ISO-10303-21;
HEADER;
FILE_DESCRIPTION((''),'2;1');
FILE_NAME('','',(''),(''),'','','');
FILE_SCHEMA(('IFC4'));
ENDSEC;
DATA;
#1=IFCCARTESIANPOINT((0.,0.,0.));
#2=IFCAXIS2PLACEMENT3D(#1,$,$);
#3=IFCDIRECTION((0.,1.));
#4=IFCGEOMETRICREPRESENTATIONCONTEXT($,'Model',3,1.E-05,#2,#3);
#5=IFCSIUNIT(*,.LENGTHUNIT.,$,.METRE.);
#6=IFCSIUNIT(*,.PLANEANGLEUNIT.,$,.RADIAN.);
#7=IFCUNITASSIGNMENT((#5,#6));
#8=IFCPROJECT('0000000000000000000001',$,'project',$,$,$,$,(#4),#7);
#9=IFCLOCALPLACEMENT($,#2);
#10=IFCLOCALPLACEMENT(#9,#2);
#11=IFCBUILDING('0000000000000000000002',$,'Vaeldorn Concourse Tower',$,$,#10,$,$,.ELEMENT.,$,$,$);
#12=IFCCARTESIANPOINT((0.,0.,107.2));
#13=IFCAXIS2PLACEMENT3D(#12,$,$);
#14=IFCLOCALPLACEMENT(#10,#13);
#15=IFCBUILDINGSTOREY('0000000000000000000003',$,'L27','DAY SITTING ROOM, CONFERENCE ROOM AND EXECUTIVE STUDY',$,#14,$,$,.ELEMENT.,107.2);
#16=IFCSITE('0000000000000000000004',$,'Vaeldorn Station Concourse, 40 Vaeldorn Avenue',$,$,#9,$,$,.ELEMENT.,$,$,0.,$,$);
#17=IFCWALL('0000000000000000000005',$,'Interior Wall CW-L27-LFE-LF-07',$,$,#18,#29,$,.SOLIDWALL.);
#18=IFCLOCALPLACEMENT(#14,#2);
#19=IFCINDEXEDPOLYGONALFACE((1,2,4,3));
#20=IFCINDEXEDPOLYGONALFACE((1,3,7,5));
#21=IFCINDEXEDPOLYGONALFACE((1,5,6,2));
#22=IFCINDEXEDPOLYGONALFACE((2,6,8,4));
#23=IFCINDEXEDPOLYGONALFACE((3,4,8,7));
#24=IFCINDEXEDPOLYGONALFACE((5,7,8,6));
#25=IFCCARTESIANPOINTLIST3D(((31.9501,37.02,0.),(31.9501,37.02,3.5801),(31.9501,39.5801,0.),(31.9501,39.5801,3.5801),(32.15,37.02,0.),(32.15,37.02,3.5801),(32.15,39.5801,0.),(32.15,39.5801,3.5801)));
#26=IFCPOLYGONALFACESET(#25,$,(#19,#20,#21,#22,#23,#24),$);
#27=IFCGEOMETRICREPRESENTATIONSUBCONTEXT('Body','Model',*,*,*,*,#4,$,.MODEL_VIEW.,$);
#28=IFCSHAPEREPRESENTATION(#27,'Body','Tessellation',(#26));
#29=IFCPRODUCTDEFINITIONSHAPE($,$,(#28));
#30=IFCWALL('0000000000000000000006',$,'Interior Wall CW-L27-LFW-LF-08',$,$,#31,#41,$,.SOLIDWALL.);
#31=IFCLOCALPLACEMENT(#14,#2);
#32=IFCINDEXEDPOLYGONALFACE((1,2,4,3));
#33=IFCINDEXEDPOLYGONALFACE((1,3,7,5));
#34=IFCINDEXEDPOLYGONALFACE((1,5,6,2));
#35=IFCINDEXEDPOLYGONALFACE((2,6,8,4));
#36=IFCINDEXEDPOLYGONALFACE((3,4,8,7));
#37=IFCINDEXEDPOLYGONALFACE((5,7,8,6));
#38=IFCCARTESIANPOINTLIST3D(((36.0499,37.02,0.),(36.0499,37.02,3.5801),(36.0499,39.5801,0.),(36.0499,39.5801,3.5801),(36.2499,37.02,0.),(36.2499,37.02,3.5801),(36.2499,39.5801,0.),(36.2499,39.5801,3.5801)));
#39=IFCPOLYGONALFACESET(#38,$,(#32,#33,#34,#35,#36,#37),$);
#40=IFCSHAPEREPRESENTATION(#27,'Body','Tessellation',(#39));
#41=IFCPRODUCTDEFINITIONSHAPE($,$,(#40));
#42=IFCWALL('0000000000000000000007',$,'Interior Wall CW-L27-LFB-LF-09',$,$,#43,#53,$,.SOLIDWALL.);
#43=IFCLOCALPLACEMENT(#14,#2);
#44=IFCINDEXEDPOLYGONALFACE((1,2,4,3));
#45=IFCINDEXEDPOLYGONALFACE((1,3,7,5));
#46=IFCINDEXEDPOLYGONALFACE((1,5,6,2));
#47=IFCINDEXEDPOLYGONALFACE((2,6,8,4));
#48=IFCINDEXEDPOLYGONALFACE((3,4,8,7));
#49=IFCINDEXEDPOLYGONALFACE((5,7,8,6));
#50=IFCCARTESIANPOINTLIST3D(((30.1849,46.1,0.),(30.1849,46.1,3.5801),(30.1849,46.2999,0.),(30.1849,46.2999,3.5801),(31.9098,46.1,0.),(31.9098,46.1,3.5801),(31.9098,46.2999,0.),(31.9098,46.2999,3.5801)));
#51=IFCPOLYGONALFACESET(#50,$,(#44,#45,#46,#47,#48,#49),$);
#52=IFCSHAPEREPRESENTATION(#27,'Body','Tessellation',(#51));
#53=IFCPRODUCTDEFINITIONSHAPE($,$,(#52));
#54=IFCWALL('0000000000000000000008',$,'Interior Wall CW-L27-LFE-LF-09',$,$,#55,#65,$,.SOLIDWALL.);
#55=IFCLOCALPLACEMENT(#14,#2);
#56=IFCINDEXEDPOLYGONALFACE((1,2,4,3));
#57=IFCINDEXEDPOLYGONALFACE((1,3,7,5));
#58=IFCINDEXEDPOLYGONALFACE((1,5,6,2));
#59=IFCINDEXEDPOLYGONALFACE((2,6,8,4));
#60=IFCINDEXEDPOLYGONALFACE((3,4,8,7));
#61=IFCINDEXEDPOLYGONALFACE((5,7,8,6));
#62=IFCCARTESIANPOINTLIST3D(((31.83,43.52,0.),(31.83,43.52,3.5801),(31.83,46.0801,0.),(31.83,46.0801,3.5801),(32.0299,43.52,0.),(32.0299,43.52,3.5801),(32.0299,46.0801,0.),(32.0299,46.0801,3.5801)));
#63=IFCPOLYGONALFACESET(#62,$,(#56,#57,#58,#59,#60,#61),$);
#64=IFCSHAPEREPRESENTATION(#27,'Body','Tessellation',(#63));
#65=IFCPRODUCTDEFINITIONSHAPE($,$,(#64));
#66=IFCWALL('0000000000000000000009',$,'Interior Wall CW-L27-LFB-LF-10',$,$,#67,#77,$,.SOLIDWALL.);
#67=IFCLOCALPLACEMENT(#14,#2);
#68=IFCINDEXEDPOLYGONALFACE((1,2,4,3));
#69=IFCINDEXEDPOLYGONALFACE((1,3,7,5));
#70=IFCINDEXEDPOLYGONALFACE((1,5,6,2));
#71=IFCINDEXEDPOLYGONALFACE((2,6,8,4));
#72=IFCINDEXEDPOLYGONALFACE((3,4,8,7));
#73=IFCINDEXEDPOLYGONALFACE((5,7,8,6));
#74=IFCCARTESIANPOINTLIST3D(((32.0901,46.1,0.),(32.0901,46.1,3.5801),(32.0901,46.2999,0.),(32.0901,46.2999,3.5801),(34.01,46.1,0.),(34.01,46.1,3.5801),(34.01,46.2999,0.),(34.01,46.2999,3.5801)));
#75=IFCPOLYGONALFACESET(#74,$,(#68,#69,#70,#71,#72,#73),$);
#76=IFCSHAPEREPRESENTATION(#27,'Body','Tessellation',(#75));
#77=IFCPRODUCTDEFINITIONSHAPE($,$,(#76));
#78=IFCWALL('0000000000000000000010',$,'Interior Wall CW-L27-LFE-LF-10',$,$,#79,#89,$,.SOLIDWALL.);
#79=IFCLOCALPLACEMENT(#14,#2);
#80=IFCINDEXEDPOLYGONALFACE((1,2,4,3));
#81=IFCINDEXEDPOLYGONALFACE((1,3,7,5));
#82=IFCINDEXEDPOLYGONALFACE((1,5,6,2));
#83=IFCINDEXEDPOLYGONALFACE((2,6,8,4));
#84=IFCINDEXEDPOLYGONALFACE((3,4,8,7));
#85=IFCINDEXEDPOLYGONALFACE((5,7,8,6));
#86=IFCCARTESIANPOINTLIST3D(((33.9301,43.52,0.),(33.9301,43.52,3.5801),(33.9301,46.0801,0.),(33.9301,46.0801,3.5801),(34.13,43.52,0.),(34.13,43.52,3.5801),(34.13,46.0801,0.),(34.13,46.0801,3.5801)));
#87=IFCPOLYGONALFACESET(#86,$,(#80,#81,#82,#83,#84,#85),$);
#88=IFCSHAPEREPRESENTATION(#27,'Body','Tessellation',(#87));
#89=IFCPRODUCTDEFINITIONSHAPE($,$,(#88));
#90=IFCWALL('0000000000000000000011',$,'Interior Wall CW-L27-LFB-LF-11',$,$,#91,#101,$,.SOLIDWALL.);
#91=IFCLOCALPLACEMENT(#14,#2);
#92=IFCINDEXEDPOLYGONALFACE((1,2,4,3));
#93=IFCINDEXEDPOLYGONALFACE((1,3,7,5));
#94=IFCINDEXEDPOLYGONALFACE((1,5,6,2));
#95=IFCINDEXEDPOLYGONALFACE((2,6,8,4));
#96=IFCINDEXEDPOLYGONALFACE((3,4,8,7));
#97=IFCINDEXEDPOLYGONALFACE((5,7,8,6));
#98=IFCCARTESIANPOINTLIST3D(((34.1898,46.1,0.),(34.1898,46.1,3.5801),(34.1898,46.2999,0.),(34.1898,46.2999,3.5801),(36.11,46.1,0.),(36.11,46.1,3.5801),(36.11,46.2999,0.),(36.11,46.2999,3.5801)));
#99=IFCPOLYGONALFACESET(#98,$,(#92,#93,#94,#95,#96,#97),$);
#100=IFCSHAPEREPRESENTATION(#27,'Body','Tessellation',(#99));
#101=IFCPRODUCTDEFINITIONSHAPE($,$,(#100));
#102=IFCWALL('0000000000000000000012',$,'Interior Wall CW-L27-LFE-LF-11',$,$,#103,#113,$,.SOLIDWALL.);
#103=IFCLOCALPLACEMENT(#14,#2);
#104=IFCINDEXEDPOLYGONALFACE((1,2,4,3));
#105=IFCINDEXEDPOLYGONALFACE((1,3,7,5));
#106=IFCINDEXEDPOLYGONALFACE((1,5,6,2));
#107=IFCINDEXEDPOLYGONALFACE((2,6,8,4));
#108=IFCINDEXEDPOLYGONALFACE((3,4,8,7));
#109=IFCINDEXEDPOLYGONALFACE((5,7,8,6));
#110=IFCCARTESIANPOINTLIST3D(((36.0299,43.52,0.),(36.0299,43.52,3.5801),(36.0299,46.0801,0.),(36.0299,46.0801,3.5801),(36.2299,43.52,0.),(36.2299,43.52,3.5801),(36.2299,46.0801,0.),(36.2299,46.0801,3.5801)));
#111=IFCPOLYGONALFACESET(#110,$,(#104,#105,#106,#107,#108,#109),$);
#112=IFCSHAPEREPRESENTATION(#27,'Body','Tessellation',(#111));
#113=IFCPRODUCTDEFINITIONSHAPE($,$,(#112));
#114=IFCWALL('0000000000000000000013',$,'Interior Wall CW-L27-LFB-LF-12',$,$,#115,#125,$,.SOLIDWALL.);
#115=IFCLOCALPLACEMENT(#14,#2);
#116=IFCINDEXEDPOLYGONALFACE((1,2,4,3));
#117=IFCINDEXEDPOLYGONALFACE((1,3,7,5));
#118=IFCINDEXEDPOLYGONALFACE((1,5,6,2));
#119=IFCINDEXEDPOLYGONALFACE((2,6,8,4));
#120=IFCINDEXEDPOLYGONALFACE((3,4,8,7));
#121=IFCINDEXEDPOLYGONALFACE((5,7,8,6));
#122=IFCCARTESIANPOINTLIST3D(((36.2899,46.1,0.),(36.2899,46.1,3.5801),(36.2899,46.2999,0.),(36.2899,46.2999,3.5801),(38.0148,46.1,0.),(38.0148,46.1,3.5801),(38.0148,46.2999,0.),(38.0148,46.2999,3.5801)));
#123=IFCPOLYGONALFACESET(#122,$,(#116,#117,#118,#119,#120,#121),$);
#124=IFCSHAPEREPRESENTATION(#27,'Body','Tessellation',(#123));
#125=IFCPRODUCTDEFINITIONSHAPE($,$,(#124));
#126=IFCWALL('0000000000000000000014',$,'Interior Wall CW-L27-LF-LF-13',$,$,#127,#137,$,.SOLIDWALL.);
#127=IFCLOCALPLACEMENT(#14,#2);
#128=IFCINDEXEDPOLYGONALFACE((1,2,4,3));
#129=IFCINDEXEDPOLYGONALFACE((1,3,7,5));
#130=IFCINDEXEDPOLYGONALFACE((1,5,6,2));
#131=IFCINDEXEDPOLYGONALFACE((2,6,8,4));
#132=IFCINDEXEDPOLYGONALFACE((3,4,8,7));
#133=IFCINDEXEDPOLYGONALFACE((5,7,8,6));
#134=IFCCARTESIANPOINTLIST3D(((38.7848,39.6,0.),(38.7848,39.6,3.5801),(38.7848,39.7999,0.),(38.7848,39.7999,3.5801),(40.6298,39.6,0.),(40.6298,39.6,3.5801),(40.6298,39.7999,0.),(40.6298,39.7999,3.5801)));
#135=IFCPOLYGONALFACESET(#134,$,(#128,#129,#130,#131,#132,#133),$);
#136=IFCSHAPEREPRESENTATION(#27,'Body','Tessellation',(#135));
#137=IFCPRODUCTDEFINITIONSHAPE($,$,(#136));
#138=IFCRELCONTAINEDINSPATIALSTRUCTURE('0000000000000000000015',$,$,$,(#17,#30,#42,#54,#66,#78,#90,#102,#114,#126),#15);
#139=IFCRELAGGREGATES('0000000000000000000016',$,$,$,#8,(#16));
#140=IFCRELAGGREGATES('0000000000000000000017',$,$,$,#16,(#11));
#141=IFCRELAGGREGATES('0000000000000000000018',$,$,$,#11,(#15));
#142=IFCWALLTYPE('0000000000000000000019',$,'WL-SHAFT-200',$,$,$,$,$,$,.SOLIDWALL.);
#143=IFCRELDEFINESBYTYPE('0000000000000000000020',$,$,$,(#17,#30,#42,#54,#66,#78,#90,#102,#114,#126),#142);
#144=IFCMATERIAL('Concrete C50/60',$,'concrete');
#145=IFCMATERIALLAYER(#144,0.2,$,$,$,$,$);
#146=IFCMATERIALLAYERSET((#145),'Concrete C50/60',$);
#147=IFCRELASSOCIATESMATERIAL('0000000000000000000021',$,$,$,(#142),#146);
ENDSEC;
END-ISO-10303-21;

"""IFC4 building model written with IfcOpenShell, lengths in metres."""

from ifc_helpers import new_model, si_unit, direction, frame, frame_2d, origin, place, context, subcontext, project, spatial, rectangle, extrude, material, layer, layer_set, type_object, element, save


model = new_model("IFC4")

# Units and contexts
model_context = context("Model", 3, precision=1e-05, world=origin(), true_north=direction((0.0, 1.0)))
body_context = subcontext(model_context, "Body", "Model", "MODEL_VIEW")
ifc_project = project(units=[si_unit("LENGTHUNIT", "METRE"), si_unit("PLANEANGLEUNIT", "RADIAN")], contexts=[model_context])

# Site, building, storey
site_placement = place(None, origin())
site = spatial("IfcSite", under=ifc_project, at=site_placement, Name="Vaeldorn Station Concourse, 40 Vaeldorn Avenue", CompositionType="ELEMENT", RefElevation=0.0)
building_placement = place(site_placement, origin())
building = spatial("IfcBuilding", under=site, at=building_placement, Name="Vaeldorn Concourse Tower", CompositionType="ELEMENT")
storey_placement = place(building_placement, frame((0.0, 0.0, 107.2)))
storey = spatial("IfcBuildingStorey", under=building, at=storey_placement, Name="L27", Description="DAY SITTING ROOM, CONFERENCE ROOM AND EXECUTIVE STUDY", CompositionType="ELEMENT", Elevation=107.2)

# Shared definitions
ifc_material_1 = material(Name="Concrete C50/60", Category="concrete")
ifc_layer_1 = layer(ifc_material_1, 0.2)
ifc_layer_set_1 = layer_set([ifc_layer_1], Name="Concrete C50/60")
wall_type_1 = type_object("IfcWallType", Name="WL-SHAFT-200", PredefinedType="SOLIDWALL", material=ifc_layer_set_1)

# Wall
wall_1_placement = place(storey_placement, frame((32.05, 37.02, 0.0), z_axis=(0.0, 0.0, 1.0), x_axis=(0.0, 1.0, 0.0)))
element("IfcWall", 1, at=wall_1_placement, inside=storey, type_object=wall_type_1, Name="Interior Wall CW-L27-LFE-LF-07", PredefinedType="SOLIDWALL", context=body_context, shape_type="SweptSolid", body=[
    extrude(rectangle(XDim=2.5601, YDim=0.2, at=frame_2d((1.28, 0.0))), origin(), (0.0, 0.0, 1.0), 3.5801),
])

# Wall
wall_2_placement = place(storey_placement, frame((36.1499, 37.02, 0.0), z_axis=(0.0, 0.0, 1.0), x_axis=(0.0, 1.0, 0.0)))
element("IfcWall", 2, at=wall_2_placement, inside=storey, type_object=wall_type_1, Name="Interior Wall CW-L27-LFW-LF-08", PredefinedType="SOLIDWALL", context=body_context, shape_type="SweptSolid", body=[
    extrude(rectangle(XDim=2.5601, YDim=0.2, at=frame_2d((1.28, 0.0))), origin(), (0.0, 0.0, 1.0), 3.5801),
])

# Walls
wall_3_placement = place(storey_placement, frame((30.1851, 46.2, 0.0), z_axis=(0.0, 0.0, 1.0), x_axis=(1.0, 0.0, 0.0)))
element("IfcWall", 3, at=wall_3_placement, inside=storey, type_object=wall_type_1, Name="Interior Wall CW-L27-LFB-LF-09", PredefinedType="SOLIDWALL", context=body_context, shape_type="SweptSolid", body=[
    extrude(rectangle(XDim=1.7249, YDim=0.2, at=frame_2d((0.8623, 0.0))), origin(), (0.0, 0.0, 1.0), 3.5801),
])
wall_4_placement = place(storey_placement, frame((31.9299, 43.52, 0.0), z_axis=(0.0, 0.0, 1.0), x_axis=(0.0, 1.0, 0.0)))
element("IfcWall", 4, at=wall_4_placement, inside=storey, type_object=wall_type_1, Name="Interior Wall CW-L27-LFE-LF-09", PredefinedType="SOLIDWALL", context=body_context, shape_type="SweptSolid", body=[
    extrude(rectangle(XDim=2.5601, YDim=0.2, at=frame_2d((1.28, 0.0))), origin(), (0.0, 0.0, 1.0), 3.5801),
])

# Walls
wall_5_placement = place(storey_placement, frame((32.0901, 46.2, 0.0), z_axis=(0.0, 0.0, 1.0), x_axis=(1.0, 0.0, 0.0)))
element("IfcWall", 5, at=wall_5_placement, inside=storey, type_object=wall_type_1, Name="Interior Wall CW-L27-LFB-LF-10", PredefinedType="SOLIDWALL", context=body_context, shape_type="SweptSolid", body=[
    extrude(rectangle(XDim=1.9199, YDim=0.2, at=frame_2d((0.96, 0.0))), origin(), (0.0, 0.0, 1.0), 3.5801),
])
wall_6_placement = place(storey_placement, frame((34.03, 43.52, 0.0), z_axis=(0.0, 0.0, 1.0), x_axis=(0.0, 1.0, 0.0)))
element("IfcWall", 6, at=wall_6_placement, inside=storey, type_object=wall_type_1, Name="Interior Wall CW-L27-LFE-LF-10", PredefinedType="SOLIDWALL", context=body_context, shape_type="SweptSolid", body=[
    extrude(rectangle(XDim=2.5601, YDim=0.2, at=frame_2d((1.28, 0.0))), origin(), (0.0, 0.0, 1.0), 3.5801),
])

# Walls
wall_7_placement = place(storey_placement, frame((34.1899, 46.2, 0.0), z_axis=(0.0, 0.0, 1.0), x_axis=(1.0, 0.0, 0.0)))
element("IfcWall", 7, at=wall_7_placement, inside=storey, type_object=wall_type_1, Name="Interior Wall CW-L27-LFB-LF-11", PredefinedType="SOLIDWALL", context=body_context, shape_type="SweptSolid", body=[
    extrude(rectangle(XDim=1.9202, YDim=0.2, at=frame_2d((0.96, 0.0))), origin(), (0.0, 0.0, 1.0), 3.5801),
])
wall_8_placement = place(storey_placement, frame((36.1299, 43.52, 0.0), z_axis=(0.0, 0.0, 1.0), x_axis=(0.0, 1.0, 0.0)))
element("IfcWall", 8, at=wall_8_placement, inside=storey, type_object=wall_type_1, Name="Interior Wall CW-L27-LFE-LF-11", PredefinedType="SOLIDWALL", context=body_context, shape_type="SweptSolid", body=[
    extrude(rectangle(XDim=2.5601, YDim=0.2, at=frame_2d((1.28, 0.0))), origin(), (0.0, 0.0, 1.0), 3.5801),
])

# Walls
wall_9_placement = place(storey_placement, frame((36.29, 46.2, 0.0), z_axis=(0.0, 0.0, 1.0), x_axis=(1.0, 0.0, 0.0)))
element("IfcWall", 9, at=wall_9_placement, inside=storey, type_object=wall_type_1, Name="Interior Wall CW-L27-LFB-LF-12", PredefinedType="SOLIDWALL", context=body_context, shape_type="SweptSolid", body=[
    extrude(rectangle(XDim=1.7249, YDim=0.2, at=frame_2d((0.8623, 0.0))), origin(), (0.0, 0.0, 1.0), 3.5801),
])
wall_10_placement = place(storey_placement, frame((38.7849, 39.7, 0.0), z_axis=(0.0, 0.0, 1.0), x_axis=(1.0, 0.0, 0.0)))
element("IfcWall", 10, at=wall_10_placement, inside=storey, type_object=wall_type_1, Name="Interior Wall CW-L27-LF-LF-13", PredefinedType="SOLIDWALL", context=body_context, shape_type="SweptSolid", body=[
    extrude(rectangle(XDim=1.845, YDim=0.2, at=frame_2d((0.9224, 0.0))), origin(), (0.0, 0.0, 1.0), 3.5801),
])

save(model, "model.ifc")
